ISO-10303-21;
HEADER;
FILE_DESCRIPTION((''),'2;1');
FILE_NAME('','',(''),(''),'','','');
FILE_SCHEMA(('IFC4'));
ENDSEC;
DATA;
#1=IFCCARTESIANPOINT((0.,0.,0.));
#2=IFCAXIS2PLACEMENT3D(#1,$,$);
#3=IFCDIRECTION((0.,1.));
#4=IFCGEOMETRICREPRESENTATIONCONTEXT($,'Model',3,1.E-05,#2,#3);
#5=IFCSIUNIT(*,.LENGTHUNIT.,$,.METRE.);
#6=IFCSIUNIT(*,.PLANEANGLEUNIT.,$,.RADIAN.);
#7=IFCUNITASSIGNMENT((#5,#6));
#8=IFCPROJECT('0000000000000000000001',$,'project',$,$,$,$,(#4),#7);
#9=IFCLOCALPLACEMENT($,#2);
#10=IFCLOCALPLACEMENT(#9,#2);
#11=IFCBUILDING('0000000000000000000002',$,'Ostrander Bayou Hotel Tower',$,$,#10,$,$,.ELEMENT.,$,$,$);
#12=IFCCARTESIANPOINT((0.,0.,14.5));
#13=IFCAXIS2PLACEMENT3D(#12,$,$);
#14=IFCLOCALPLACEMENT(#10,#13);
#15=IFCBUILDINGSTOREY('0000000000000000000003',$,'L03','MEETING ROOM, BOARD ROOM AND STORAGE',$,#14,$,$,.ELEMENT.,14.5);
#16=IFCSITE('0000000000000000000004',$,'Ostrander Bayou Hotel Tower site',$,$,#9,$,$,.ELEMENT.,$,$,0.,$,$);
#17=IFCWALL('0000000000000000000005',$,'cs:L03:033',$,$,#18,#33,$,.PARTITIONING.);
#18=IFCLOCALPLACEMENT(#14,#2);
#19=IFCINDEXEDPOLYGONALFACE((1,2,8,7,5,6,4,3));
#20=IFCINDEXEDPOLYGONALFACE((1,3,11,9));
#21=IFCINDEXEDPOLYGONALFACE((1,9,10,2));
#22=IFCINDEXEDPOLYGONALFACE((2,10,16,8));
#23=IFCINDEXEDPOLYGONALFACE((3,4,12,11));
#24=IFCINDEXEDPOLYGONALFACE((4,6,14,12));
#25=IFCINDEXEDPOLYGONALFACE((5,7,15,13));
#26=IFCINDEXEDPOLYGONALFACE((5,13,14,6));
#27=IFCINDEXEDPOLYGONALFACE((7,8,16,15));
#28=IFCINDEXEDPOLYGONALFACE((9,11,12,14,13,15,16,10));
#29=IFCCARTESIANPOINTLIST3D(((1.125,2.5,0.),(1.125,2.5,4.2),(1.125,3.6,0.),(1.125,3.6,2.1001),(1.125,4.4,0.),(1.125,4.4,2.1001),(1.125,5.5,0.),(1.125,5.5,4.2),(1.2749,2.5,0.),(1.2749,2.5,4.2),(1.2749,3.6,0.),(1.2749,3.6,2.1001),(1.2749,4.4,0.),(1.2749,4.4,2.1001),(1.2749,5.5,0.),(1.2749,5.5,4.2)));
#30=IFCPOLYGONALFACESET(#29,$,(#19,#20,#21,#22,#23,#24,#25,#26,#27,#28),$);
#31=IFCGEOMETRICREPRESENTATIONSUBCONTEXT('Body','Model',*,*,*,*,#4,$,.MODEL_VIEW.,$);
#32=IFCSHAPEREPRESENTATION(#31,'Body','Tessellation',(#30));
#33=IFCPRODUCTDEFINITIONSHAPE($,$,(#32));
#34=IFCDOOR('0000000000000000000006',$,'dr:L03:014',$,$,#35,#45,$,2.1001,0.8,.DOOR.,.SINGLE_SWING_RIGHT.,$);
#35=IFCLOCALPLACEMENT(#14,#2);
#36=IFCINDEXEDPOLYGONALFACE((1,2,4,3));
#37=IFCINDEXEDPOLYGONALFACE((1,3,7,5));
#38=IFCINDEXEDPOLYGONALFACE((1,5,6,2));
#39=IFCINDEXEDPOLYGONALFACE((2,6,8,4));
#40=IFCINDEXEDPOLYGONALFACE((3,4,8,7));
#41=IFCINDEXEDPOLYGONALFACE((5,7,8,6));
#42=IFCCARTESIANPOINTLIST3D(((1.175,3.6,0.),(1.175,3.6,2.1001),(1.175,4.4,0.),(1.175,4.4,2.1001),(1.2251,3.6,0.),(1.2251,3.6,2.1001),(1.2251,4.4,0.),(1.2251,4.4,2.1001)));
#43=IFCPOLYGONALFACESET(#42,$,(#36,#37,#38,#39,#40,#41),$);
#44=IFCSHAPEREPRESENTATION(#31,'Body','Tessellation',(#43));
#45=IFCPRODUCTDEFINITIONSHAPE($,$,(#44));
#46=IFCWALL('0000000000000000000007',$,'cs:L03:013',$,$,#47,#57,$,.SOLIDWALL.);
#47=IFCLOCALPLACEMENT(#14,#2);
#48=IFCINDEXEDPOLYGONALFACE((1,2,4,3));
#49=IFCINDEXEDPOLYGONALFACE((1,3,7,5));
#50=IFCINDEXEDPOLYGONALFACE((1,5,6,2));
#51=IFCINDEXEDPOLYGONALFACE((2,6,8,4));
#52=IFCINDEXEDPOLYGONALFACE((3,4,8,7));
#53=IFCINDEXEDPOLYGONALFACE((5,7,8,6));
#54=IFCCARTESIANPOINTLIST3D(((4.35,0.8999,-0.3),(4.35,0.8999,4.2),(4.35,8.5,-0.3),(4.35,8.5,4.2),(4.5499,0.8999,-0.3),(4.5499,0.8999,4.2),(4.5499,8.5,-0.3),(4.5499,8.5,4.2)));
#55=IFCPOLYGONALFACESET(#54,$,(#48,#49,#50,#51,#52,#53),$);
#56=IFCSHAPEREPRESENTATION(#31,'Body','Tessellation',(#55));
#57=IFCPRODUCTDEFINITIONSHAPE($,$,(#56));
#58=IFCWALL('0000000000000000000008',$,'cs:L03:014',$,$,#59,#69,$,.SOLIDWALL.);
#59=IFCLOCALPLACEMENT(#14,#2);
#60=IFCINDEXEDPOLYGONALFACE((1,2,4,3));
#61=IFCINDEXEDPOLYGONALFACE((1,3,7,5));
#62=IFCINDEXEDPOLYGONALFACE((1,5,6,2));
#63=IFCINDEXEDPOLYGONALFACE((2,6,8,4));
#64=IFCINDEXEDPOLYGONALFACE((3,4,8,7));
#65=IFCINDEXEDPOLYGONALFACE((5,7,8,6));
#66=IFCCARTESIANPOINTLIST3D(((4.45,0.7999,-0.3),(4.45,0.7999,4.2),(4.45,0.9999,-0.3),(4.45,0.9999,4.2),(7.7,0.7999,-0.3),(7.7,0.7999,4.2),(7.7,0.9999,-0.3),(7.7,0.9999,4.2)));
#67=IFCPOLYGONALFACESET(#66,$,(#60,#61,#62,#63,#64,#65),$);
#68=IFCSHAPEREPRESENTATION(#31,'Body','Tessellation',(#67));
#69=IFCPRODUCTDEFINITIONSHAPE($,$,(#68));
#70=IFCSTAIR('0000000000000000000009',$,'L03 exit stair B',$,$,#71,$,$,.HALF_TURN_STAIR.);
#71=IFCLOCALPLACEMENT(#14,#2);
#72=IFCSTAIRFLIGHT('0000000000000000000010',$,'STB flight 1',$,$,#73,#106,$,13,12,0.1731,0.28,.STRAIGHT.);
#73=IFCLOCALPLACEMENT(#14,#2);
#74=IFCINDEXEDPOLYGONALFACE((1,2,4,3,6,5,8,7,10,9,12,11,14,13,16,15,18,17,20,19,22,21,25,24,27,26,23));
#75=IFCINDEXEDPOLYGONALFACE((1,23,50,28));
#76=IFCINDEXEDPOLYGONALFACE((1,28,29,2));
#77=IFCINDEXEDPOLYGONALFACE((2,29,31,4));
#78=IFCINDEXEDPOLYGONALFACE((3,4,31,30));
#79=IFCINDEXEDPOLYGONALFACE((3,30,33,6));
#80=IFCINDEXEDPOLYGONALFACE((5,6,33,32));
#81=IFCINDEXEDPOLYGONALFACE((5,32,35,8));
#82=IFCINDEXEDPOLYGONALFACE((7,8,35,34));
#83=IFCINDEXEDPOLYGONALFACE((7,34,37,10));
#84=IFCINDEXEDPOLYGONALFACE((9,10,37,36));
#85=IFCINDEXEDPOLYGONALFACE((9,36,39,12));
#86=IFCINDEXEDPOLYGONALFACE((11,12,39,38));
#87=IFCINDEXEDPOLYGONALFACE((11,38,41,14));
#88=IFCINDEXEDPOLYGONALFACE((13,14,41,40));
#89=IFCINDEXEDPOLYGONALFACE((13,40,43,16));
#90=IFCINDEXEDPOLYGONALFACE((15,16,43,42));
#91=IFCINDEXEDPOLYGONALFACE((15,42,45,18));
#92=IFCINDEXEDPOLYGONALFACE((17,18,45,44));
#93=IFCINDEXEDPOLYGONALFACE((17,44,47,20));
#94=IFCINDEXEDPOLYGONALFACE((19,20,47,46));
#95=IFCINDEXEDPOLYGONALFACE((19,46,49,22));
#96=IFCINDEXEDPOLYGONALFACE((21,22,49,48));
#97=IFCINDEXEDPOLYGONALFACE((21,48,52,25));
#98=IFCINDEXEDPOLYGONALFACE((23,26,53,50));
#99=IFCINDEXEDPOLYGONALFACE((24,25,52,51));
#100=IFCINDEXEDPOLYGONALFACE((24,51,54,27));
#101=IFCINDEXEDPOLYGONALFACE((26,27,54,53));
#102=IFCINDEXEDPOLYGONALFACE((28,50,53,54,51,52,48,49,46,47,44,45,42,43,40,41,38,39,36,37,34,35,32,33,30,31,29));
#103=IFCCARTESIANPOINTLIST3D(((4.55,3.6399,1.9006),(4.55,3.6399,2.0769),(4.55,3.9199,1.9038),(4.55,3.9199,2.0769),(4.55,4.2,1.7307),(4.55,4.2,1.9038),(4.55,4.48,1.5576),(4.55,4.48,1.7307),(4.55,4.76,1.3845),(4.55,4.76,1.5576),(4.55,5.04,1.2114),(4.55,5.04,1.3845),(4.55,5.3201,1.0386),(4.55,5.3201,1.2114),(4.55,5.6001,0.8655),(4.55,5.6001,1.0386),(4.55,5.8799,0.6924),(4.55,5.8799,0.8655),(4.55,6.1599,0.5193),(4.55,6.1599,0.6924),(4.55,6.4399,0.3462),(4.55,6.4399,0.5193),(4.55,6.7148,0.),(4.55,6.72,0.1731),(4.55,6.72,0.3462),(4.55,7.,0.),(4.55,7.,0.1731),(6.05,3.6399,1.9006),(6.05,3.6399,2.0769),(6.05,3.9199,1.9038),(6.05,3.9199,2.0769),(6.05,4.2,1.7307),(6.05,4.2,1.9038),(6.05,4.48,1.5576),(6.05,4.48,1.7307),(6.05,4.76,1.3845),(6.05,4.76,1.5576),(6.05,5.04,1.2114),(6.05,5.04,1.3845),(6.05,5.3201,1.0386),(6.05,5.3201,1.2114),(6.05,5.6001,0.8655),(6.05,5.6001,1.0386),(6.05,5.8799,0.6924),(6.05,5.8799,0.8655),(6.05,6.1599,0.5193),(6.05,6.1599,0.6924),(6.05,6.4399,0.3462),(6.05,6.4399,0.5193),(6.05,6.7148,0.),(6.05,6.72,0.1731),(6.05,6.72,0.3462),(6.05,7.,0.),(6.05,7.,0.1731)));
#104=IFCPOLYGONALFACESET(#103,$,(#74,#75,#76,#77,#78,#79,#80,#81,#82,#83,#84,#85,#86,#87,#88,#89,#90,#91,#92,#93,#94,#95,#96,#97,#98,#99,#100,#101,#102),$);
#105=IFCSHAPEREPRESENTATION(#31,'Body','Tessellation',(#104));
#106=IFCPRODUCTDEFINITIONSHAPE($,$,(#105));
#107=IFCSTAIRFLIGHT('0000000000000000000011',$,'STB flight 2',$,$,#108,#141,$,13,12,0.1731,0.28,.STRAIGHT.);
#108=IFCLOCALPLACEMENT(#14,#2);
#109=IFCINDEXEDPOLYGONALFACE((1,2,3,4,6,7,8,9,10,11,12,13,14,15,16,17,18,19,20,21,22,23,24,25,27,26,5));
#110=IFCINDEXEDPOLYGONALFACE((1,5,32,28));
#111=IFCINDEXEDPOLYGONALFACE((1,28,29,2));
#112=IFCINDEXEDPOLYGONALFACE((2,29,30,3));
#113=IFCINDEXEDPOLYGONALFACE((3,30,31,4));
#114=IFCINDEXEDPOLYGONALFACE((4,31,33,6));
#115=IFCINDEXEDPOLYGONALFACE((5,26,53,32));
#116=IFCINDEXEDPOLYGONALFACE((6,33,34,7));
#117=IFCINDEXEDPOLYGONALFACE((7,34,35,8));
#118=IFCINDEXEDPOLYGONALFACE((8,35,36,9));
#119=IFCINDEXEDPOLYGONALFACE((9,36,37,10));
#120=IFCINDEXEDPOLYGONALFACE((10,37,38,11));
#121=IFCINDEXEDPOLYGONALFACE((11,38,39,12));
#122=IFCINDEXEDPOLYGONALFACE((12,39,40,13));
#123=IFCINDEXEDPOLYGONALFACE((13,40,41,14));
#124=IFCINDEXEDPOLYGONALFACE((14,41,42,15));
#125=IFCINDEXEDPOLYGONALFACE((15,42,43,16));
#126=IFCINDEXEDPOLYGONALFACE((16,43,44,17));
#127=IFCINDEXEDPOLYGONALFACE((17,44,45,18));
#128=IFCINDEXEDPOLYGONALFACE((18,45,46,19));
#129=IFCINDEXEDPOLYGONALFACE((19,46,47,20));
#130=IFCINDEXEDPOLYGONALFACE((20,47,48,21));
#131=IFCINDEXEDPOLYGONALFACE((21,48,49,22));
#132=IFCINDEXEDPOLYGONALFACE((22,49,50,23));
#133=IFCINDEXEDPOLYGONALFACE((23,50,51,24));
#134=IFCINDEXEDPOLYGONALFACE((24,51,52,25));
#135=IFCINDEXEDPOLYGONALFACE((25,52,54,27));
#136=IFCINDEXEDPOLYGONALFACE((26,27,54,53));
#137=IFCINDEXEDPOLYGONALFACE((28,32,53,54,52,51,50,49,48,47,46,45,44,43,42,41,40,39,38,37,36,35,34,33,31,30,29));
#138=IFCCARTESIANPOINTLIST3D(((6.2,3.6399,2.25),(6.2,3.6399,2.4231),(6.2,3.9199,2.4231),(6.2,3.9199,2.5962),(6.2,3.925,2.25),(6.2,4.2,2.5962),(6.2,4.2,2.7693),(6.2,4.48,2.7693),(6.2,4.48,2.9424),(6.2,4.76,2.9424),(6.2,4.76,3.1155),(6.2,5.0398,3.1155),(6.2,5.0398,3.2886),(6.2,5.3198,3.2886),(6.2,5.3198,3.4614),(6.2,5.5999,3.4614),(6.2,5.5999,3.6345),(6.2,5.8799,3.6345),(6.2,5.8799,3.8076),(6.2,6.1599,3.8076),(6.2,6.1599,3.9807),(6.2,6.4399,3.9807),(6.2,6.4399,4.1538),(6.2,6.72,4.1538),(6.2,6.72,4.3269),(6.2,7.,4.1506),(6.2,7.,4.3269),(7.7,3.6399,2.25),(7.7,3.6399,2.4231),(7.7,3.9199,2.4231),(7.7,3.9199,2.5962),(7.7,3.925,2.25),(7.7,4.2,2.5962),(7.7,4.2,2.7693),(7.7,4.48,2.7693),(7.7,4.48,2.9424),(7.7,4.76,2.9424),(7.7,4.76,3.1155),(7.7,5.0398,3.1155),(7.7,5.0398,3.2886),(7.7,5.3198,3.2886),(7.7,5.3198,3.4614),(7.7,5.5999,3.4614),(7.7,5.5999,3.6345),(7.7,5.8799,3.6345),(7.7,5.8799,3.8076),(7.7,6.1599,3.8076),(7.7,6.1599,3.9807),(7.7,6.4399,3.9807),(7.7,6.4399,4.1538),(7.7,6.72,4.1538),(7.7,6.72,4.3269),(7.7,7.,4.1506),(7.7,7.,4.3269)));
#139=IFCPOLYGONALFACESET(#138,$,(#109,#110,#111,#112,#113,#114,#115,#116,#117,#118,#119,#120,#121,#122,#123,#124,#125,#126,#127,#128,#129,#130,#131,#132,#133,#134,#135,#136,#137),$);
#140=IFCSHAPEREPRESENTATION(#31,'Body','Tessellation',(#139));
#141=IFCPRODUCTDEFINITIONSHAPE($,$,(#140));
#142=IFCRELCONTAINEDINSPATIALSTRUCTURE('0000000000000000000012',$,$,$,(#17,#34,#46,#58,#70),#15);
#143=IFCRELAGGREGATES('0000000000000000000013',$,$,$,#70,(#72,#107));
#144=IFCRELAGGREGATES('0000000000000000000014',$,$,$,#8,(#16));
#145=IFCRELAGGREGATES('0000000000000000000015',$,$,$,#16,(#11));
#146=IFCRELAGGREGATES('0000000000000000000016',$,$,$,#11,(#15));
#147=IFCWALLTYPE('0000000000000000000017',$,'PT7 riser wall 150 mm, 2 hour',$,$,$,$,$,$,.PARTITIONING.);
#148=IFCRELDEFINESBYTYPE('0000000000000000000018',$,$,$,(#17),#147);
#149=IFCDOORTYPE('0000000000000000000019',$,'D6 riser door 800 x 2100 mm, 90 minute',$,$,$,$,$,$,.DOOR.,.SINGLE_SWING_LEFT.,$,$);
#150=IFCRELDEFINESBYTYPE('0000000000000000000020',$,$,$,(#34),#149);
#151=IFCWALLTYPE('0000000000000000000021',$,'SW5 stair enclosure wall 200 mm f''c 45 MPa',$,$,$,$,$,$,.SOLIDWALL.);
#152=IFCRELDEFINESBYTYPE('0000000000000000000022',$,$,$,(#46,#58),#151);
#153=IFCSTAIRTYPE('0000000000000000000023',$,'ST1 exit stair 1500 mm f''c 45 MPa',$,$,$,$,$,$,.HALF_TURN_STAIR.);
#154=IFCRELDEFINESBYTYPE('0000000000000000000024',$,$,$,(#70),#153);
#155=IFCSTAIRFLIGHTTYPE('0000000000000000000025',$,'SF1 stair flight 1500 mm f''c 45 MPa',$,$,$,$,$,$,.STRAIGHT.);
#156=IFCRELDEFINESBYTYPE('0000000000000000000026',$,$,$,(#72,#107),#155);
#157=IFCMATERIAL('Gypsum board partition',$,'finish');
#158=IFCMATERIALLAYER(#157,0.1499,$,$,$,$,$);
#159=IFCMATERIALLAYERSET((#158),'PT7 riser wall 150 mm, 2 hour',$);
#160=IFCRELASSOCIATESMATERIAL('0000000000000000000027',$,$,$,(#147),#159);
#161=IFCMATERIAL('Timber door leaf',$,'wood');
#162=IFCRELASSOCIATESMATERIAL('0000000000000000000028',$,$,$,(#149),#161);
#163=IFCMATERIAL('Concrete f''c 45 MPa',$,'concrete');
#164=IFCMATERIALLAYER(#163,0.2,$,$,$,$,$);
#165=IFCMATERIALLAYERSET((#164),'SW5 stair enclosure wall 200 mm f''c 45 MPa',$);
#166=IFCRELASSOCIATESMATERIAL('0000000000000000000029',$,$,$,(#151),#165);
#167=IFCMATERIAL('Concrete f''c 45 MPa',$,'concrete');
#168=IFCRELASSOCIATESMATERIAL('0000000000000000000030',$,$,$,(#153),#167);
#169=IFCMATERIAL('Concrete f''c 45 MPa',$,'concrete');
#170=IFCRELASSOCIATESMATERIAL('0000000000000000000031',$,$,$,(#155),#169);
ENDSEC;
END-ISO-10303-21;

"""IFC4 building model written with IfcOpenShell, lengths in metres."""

from ifc_helpers import new_model, si_unit, direction, frame, frame_2d, origin, place, context, subcontext, project, spatial, polyline, rectangle, outline, extrude, material, layer, layer_set, type_object, element, fill, aggregate, save


model = new_model("IFC4")

# Units and contexts
model_context = context("Model", 3, precision=1e-05, world=origin(), true_north=direction((0.0, 1.0)))
body_context = subcontext(model_context, "Body", "Model", "MODEL_VIEW")
ifc_project = project(units=[si_unit("LENGTHUNIT", "METRE"), si_unit("PLANEANGLEUNIT", "RADIAN")], contexts=[model_context])

# Site, building, storey
site_placement = place(None, origin())
site = spatial("IfcSite", under=ifc_project, at=site_placement, Name="Ostrander Bayou Hotel Tower site", CompositionType="ELEMENT", RefElevation=0.0)
building_placement = place(site_placement, origin())
building = spatial("IfcBuilding", under=site, at=building_placement, Name="Ostrander Bayou Hotel Tower", CompositionType="ELEMENT")
storey_placement = place(building_placement, frame((0.0, 0.0, 14.5)))
storey = spatial("IfcBuildingStorey", under=building, at=storey_placement, Name="L03", Description="MEETING ROOM, BOARD ROOM AND STORAGE", CompositionType="ELEMENT", Elevation=14.5)

# Shared definitions
ifc_material_1 = material(Name="Gypsum board partition", Category="finish")
ifc_layer_1 = layer(ifc_material_1, 0.1499)
ifc_layer_set_1 = layer_set([ifc_layer_1], Name="PT7 riser wall 150 mm, 2 hour")
wall_type_1 = type_object("IfcWallType", Name="PT7 riser wall 150 mm, 2 hour", PredefinedType="PARTITIONING", material=ifc_layer_set_1)

# Wall, opening, door
wall_1_placement = place(storey_placement, frame((1.2, 2.5, 0.0), z_axis=(0.0, 0.0, 1.0), x_axis=(0.0, 1.0, 0.0)))
wall_1 = element("IfcWall", 1, at=wall_1_placement, inside=storey, type_object=wall_type_1, Name="cs:L03:033", PredefinedType="PARTITIONING", context=body_context, shape_type="SweptSolid", body=[
    extrude(rectangle(XDim=3.0, YDim=0.1499, at=frame_2d((1.5, 0.0))), origin(), (0.0, 0.0, 1.0), 4.2),
])
opening_1_placement = place(wall_1_placement, frame((1.1001, 0.0, 0.0)))
opening_1 = element("IfcOpeningElement", 2, at=opening_1_placement, cuts=wall_1, PredefinedType="OPENING", context=body_context, shape_type="SweptSolid", body=[
    extrude(rectangle(XDim=0.8, YDim=2.1001, at=frame_2d((0.3999, 1.05))), frame((0.0, 0.075, 0.0), z_axis=(0.0, -1.0, 0.0), x_axis=(1.0, 0.0, 0.0)), (0.0, 0.0, 1.0), 0.1499),
])
ifc_material_2 = material(Name="Timber door leaf", Category="wood")
door_type_1 = type_object("IfcDoorType", Name="D6 riser door 800 x 2100 mm, 90 minute", OperationType="SINGLE_SWING_LEFT", PredefinedType="DOOR", material=ifc_material_2)
door_1_placement = place(opening_1_placement, origin())
door_1 = element("IfcDoor", 3, at=door_1_placement, inside=storey, type_object=door_type_1, Name="dr:L03:014", OperationType="SINGLE_SWING_RIGHT", OverallHeight=2.1001, OverallWidth=0.8, PredefinedType="DOOR", context=body_context, shape_type="SweptSolid", body=[
    extrude(rectangle(XDim=0.8, YDim=2.1001, at=frame_2d((0.3999, 1.05))), frame((0.0, 0.0249, 0.0), z_axis=(0.0, -1.0, 0.0), x_axis=(1.0, 0.0, 0.0)), (0.0, 0.0, 1.0), 0.05),
])
fill(opening_1, door_1)

# Walls
ifc_material_3 = material(Name="Concrete f'c 45 MPa", Category="concrete")
ifc_layer_2 = layer(ifc_material_3, 0.2)
ifc_layer_set_2 = layer_set([ifc_layer_2], Name="SW5 stair enclosure wall 200 mm f'c 45 MPa")
wall_type_2 = type_object("IfcWallType", Name="SW5 stair enclosure wall 200 mm f'c 45 MPa", PredefinedType="SOLIDWALL", material=ifc_layer_set_2)
wall_2_placement = place(storey_placement, frame((4.45, 0.8999, -0.3), z_axis=(0.0, 0.0, 1.0), x_axis=(0.0, 1.0, 0.0)))
element("IfcWall", 4, at=wall_2_placement, inside=storey, type_object=wall_type_2, Name="cs:L03:013", PredefinedType="SOLIDWALL", context=body_context, shape_type="SweptSolid", body=[
    extrude(rectangle(XDim=7.6001, YDim=0.2, at=frame_2d((3.8, 0.0))), origin(), (0.0, 0.0, 1.0), 4.5),
])
wall_3_placement = place(storey_placement, frame((4.45, 0.8999, -0.3), z_axis=(0.0, 0.0, 1.0), x_axis=(1.0, 0.0, 0.0)))
element("IfcWall", 5, at=wall_3_placement, inside=storey, type_object=wall_type_2, Name="cs:L03:014", PredefinedType="SOLIDWALL", context=body_context, shape_type="SweptSolid", body=[
    extrude(rectangle(XDim=3.25, YDim=0.2, at=frame_2d((1.625, 0.0))), origin(), (0.0, 0.0, 1.0), 4.5),
])

# Stair, stair flights
ifc_material_4 = material(Name="Concrete f'c 45 MPa", Category="concrete")
stair_type = type_object("IfcStairType", Name="ST1 exit stair 1500 mm f'c 45 MPa", PredefinedType="HALF_TURN_STAIR", material=ifc_material_4)
stair_placement = place(storey_placement, origin())
stair = element("IfcStair", 6, at=stair_placement, inside=storey, type_object=stair_type, Name="L03 exit stair B", PredefinedType="HALF_TURN_STAIR")
ifc_material_5 = material(Name="Concrete f'c 45 MPa", Category="concrete")
stair_flight_type = type_object("IfcStairFlightType", Name="SF1 stair flight 1500 mm f'c 45 MPa", PredefinedType="STRAIGHT", material=ifc_material_5)
stair_flight_1_placement = place(storey_placement, frame((5.3, 7.0, 0.0), z_axis=(0.0, 0.0, 1.0), x_axis=(0.0, -1.0, 0.0)))
stair_flight_1 = element("IfcStairFlight", 7, at=stair_flight_1_placement, type_object=stair_flight_type, Name="STB flight 1", NumberOfRisers=13, NumberOfTreads=12, PredefinedType="STRAIGHT", RiserHeight=0.1731, TreadLength=0.28, context=body_context, shape_type="SweptSolid", body=[
    extrude(outline(polyline([(0.0, 0.0), (0.0, 0.1731), (0.28, 0.1731), (0.28, 0.3462), (0.5601, 0.3462), (0.5601, 0.5193), (0.8401, 0.5193), (0.8401, 0.6924), (1.1201, 0.6924), (1.1201, 0.8655), (1.3999, 0.8655), (1.3999, 1.0386), (1.6799, 1.0386), (1.6799, 1.2114), (1.96, 1.2114), (1.96, 1.3845), (2.24, 1.3845), (2.24, 1.5576), (2.52, 1.5576), (2.52, 1.7307), (2.8, 1.7307), (2.8, 1.9038), (3.0801, 1.9038), (3.0801, 2.0769), (3.3601, 2.0769), (3.3601, 2.25), (3.3601, 1.9006), (0.2852, 0.0), (0.0, 0.0)])), frame((0.0, 0.75, 0.0), z_axis=(0.0, -1.0, 0.0), x_axis=(1.0, 0.0, 0.0)), (0.0, 0.0, 1.0), 1.5),
])
stair_flight_2_placement = place(storey_placement, frame((6.95, 3.6399, 2.25), z_axis=(0.0, 0.0, 1.0), x_axis=(0.0, 1.0, 0.0)))
stair_flight_2 = element("IfcStairFlight", 8, at=stair_flight_2_placement, type_object=stair_flight_type, Name="STB flight 2", NumberOfRisers=13, NumberOfTreads=12, PredefinedType="STRAIGHT", RiserHeight=0.1731, TreadLength=0.28, context=body_context, shape_type="SweptSolid", body=[
    extrude(outline(polyline([(0.0, 0.0), (0.0, 0.1731), (0.28, 0.1731), (0.28, 0.3462), (0.5601, 0.3462), (0.5601, 0.5193), (0.8401, 0.5193), (0.8401, 0.6924), (1.1201, 0.6924), (1.1201, 0.8655), (1.3999, 0.8655), (1.3999, 1.0386), (1.6799, 1.0386), (1.6799, 1.2114), (1.96, 1.2114), (1.96, 1.3845), (2.24, 1.3845), (2.24, 1.5576), (2.52, 1.5576), (2.52, 1.7307), (2.8, 1.7307), (2.8, 1.9038), (3.0801, 1.9038), (3.0801, 2.0769), (3.3601, 2.0769), (3.3601, 2.25), (3.3601, 1.9006), (0.2852, 0.0), (0.0, 0.0)])), frame((0.0, 0.75, 0.0), z_axis=(0.0, -1.0, 0.0), x_axis=(1.0, 0.0, 0.0)), (0.0, 0.0, 1.0), 1.5),
])
aggregate(stair, [stair_flight_1, stair_flight_2])

save(model, "model.ifc")
